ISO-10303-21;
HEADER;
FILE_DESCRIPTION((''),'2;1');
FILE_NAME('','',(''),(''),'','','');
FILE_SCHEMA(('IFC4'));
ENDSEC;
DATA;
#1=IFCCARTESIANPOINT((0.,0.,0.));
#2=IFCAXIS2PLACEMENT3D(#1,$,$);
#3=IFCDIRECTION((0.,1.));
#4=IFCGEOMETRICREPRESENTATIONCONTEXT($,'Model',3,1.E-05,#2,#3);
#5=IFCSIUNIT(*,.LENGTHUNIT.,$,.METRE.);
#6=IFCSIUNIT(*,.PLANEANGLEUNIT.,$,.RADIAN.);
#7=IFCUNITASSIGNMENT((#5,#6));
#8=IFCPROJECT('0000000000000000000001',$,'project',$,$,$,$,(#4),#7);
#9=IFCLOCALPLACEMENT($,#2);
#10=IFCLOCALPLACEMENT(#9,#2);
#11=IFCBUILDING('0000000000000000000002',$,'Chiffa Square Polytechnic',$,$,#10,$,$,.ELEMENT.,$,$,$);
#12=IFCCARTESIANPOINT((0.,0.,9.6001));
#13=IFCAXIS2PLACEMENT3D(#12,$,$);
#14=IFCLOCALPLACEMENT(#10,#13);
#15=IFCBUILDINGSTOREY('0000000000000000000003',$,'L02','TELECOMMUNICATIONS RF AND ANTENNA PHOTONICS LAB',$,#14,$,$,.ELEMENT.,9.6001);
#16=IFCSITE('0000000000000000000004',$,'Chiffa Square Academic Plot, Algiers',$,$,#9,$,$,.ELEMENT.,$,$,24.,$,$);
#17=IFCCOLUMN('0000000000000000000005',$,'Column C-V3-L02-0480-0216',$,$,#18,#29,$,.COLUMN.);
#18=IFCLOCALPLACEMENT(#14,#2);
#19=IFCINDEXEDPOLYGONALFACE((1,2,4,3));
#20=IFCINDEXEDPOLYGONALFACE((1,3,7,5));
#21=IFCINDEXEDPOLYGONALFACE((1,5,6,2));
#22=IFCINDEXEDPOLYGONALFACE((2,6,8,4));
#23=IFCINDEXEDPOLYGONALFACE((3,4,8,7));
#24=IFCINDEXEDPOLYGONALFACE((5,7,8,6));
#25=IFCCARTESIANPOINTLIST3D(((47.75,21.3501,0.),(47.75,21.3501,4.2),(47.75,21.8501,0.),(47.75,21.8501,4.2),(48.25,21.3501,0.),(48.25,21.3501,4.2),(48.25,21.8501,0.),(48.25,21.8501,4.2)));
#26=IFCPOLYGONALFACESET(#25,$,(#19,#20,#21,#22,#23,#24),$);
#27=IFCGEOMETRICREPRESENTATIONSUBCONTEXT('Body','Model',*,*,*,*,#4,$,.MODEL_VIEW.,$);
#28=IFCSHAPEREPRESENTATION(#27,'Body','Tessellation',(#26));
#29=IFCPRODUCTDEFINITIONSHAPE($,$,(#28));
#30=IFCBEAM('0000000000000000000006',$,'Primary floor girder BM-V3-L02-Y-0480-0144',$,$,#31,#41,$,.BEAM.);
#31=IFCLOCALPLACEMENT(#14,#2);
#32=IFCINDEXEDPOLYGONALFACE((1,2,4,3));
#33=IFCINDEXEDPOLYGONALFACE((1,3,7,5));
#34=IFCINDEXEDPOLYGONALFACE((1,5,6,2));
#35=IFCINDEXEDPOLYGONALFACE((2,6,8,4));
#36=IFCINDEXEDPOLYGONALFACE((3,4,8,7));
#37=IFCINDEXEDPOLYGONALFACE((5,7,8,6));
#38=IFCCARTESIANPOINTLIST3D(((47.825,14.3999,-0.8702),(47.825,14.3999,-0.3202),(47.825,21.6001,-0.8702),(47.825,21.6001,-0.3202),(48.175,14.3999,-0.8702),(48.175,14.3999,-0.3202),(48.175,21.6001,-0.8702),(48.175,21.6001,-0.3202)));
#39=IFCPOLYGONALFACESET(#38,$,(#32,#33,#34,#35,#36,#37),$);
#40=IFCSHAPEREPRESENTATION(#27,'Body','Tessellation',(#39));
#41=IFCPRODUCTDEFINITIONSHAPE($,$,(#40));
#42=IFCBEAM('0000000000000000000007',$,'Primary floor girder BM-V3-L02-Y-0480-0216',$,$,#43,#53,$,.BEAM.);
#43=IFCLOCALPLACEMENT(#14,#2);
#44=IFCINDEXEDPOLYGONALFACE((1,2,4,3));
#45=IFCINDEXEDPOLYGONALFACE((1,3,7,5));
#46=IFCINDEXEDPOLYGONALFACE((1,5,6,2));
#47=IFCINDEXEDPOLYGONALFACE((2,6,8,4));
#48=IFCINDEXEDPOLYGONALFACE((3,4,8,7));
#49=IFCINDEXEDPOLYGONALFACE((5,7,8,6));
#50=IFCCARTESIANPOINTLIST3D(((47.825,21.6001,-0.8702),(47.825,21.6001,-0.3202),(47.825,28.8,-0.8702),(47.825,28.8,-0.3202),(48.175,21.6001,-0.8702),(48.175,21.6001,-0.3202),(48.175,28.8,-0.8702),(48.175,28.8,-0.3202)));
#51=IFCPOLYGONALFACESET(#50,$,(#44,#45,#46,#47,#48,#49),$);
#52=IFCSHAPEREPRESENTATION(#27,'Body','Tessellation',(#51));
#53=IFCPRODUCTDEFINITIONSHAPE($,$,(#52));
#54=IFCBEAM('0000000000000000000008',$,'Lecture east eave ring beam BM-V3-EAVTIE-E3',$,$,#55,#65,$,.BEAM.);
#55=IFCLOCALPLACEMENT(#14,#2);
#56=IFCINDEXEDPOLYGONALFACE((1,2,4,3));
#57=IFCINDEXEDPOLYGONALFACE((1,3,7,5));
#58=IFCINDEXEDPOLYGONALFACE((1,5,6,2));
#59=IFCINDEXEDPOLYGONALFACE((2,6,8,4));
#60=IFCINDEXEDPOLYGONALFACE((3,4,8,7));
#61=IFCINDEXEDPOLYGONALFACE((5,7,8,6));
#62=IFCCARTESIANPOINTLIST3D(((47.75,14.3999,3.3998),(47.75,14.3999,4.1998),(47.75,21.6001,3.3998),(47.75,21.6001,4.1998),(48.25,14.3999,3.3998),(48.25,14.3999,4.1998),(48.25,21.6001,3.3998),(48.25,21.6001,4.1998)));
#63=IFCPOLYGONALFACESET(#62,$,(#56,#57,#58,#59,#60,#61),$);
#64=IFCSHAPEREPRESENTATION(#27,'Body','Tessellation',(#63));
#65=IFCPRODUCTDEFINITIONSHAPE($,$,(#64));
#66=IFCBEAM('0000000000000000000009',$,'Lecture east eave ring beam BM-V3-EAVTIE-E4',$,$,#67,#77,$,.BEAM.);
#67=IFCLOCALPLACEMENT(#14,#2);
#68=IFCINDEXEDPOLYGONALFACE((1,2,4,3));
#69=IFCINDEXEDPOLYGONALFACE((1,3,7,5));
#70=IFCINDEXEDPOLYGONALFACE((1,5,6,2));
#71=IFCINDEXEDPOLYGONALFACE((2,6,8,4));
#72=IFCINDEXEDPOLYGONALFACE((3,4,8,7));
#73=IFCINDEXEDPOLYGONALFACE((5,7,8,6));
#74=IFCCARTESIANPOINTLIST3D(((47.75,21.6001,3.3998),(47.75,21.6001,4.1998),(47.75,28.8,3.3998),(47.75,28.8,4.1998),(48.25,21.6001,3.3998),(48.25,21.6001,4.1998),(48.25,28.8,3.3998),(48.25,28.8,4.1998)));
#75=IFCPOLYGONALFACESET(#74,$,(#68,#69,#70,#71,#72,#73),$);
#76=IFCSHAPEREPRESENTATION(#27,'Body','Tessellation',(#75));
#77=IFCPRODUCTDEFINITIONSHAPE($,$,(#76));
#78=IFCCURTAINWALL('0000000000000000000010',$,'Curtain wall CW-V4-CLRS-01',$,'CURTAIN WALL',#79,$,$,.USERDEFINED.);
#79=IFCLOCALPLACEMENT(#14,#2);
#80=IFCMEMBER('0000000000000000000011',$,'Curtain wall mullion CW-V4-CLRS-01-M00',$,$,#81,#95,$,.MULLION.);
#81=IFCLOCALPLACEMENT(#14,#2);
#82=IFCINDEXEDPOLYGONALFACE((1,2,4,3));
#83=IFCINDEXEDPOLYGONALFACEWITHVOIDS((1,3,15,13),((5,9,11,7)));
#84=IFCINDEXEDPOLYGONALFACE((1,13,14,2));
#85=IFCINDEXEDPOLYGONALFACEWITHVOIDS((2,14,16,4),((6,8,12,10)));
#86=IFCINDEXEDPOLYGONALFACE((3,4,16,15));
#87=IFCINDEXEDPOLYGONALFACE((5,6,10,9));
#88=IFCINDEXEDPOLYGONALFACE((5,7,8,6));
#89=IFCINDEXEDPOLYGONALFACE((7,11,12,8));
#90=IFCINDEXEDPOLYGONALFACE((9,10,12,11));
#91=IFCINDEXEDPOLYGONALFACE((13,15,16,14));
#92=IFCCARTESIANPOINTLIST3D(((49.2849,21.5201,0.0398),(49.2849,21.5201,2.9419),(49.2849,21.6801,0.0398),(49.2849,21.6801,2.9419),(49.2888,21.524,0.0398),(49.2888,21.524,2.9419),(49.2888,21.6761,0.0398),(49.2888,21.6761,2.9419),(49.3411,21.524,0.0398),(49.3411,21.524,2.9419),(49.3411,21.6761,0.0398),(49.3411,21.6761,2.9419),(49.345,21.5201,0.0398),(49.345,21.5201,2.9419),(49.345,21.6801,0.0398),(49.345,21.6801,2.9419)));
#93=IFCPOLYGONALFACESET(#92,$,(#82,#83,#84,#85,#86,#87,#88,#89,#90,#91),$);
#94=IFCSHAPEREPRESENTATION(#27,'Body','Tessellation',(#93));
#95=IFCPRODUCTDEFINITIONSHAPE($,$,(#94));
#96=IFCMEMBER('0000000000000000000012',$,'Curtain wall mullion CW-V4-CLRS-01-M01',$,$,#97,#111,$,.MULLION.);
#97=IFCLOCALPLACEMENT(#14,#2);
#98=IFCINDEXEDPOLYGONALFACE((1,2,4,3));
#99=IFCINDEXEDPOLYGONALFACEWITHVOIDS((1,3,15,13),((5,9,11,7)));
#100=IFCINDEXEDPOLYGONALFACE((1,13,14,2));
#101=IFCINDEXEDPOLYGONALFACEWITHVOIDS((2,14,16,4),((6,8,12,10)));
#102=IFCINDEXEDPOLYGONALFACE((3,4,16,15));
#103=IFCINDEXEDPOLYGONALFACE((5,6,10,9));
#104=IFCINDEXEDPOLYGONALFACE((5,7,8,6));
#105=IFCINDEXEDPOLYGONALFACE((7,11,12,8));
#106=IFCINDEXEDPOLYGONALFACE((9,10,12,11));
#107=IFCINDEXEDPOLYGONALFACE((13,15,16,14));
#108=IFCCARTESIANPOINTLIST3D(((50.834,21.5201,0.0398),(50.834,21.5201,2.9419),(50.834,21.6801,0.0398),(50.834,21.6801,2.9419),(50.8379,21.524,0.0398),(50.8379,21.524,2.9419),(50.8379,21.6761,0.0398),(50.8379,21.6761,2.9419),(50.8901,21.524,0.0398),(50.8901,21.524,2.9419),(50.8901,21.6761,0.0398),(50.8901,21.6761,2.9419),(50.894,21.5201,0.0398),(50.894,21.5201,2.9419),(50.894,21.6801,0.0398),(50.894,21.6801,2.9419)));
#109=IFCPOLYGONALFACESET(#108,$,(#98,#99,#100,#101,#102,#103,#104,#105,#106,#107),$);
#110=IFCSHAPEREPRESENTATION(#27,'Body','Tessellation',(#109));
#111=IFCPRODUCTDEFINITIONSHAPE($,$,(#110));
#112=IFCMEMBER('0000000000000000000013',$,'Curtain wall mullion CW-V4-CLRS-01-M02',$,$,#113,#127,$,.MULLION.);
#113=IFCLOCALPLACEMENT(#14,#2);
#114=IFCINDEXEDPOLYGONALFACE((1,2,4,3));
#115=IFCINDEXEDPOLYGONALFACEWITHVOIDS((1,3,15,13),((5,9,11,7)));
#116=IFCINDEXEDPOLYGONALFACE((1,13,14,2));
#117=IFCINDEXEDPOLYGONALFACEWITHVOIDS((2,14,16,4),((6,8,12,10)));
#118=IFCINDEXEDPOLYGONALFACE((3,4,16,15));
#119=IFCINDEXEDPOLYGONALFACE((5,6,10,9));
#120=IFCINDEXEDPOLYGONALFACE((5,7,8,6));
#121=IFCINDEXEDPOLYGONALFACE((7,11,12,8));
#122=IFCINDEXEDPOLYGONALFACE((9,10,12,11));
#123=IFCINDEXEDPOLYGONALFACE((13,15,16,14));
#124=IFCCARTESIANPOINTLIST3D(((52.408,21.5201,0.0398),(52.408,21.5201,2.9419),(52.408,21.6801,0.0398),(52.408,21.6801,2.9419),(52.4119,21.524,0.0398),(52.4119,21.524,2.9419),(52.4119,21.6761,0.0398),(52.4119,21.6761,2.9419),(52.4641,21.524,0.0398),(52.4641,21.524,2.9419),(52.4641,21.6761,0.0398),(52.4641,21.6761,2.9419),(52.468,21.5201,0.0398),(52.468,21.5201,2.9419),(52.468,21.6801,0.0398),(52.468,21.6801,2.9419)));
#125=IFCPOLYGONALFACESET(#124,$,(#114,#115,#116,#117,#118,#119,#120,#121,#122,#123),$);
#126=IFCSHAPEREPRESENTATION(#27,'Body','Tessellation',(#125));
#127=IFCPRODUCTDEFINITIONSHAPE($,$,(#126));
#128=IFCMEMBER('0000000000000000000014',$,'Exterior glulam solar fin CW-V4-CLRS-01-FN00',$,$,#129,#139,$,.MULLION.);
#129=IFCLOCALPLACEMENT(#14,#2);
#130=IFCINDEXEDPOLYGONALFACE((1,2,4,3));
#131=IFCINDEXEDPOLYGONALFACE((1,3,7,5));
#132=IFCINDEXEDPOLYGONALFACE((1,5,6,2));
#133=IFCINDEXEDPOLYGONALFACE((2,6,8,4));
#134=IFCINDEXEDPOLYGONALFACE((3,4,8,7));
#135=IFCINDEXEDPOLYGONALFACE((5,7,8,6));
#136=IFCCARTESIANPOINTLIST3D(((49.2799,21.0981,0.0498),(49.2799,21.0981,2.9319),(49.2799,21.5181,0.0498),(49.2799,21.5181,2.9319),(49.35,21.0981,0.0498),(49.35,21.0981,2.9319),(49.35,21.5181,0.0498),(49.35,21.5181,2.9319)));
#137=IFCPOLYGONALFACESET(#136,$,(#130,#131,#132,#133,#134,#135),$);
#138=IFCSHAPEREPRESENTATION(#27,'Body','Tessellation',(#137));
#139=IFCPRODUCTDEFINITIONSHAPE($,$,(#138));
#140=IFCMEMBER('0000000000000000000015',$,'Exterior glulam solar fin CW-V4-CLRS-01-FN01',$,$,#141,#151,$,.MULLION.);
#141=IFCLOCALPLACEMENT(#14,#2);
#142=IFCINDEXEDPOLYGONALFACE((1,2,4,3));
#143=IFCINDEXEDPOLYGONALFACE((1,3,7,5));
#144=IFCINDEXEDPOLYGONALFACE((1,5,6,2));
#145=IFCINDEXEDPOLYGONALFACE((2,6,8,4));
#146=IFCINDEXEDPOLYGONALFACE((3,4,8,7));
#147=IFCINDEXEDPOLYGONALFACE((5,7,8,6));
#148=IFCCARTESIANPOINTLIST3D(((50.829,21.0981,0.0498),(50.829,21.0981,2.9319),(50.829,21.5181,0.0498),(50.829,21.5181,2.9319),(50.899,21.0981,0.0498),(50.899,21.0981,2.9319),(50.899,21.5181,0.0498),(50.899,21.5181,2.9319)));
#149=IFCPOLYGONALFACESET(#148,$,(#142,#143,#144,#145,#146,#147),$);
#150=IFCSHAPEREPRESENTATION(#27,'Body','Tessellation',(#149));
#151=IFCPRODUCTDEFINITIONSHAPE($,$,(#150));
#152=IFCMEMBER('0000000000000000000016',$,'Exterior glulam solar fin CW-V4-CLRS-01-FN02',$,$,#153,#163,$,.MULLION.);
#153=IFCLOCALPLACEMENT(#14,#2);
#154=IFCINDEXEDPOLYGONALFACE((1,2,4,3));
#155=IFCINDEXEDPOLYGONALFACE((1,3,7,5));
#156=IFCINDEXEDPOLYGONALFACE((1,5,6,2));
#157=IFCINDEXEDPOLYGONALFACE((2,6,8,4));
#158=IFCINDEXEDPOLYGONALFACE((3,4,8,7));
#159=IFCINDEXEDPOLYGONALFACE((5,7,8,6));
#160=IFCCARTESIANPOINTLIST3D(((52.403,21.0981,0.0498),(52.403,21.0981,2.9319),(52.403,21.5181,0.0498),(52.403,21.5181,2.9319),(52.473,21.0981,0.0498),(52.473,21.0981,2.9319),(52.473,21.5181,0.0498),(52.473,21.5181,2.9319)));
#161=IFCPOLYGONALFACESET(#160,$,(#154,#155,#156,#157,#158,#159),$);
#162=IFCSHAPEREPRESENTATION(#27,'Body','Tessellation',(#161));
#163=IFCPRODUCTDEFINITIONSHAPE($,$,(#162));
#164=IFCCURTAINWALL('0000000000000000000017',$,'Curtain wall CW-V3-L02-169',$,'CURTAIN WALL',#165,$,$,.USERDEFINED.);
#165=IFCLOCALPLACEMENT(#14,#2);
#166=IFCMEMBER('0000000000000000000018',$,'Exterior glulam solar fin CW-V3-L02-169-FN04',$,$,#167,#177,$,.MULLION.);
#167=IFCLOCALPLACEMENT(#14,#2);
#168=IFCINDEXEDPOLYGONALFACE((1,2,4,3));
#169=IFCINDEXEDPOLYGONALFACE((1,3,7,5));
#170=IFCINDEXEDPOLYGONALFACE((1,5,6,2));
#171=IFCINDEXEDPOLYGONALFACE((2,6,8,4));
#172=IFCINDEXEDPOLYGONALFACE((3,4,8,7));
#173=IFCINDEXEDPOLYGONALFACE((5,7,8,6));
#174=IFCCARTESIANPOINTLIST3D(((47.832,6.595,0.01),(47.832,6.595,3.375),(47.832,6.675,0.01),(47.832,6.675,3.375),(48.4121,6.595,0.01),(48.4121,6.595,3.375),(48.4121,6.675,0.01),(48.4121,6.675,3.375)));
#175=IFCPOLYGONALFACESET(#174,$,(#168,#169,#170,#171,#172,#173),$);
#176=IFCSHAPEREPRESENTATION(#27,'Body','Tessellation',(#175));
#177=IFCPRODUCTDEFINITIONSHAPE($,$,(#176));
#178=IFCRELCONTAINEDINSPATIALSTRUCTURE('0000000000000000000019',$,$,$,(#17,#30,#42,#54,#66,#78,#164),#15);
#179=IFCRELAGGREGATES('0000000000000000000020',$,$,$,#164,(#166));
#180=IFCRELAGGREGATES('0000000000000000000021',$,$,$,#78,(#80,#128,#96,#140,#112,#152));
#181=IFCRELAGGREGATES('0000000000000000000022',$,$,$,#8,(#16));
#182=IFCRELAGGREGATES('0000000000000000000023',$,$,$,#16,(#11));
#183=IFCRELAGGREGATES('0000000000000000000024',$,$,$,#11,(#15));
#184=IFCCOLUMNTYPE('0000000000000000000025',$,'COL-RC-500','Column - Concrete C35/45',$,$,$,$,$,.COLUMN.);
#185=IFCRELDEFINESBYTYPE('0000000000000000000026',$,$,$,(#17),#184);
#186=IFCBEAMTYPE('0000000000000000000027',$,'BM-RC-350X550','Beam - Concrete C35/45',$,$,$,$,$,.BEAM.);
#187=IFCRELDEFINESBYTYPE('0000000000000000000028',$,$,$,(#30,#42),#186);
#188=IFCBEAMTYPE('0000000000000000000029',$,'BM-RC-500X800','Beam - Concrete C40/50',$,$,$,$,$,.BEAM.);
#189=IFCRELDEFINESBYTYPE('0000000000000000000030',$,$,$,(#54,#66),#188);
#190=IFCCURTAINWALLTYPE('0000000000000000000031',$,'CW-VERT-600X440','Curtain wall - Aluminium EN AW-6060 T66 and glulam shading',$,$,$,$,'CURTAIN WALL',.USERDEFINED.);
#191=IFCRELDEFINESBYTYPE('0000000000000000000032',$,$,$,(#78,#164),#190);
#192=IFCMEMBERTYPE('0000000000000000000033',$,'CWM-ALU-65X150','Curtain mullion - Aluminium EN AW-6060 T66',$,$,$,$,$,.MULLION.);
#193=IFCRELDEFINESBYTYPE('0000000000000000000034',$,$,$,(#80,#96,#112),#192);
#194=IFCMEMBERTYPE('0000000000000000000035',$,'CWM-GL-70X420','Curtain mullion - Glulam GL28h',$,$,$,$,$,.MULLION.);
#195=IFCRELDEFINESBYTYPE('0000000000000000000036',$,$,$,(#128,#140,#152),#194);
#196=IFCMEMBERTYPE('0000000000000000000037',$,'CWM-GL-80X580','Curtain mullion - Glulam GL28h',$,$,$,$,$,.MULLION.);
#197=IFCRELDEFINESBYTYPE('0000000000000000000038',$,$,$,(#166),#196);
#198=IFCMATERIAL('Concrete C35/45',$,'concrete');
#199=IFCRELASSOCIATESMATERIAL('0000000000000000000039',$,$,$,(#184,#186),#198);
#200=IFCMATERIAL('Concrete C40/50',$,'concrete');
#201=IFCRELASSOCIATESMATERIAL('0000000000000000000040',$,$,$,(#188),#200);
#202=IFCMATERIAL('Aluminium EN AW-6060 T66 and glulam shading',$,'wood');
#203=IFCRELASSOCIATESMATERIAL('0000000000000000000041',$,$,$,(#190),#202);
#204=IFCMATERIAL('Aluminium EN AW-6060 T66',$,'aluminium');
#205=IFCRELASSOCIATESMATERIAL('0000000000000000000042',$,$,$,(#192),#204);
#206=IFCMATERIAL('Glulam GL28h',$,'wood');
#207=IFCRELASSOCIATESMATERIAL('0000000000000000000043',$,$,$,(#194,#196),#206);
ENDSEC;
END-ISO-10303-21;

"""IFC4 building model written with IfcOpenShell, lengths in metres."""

from ifc_helpers import new_model, si_unit, direction, frame, origin, origin_2d, place, context, subcontext, project, spatial, rectangle, hollow_rectangle, extrude, material, material_profile, profile_set, type_object, element, aggregate, save


model = new_model("IFC4")

# Units and contexts
model_context = context("Model", 3, precision=1e-05, world=origin(), true_north=direction((0.0, 1.0)))
body_context = subcontext(model_context, "Body", "Model", "MODEL_VIEW")
ifc_project = project(units=[si_unit("LENGTHUNIT", "METRE"), si_unit("PLANEANGLEUNIT", "RADIAN")], contexts=[model_context])

# Site, building, storey
site_placement = place(None, origin())
site = spatial("IfcSite", under=ifc_project, at=site_placement, Name="Chiffa Square Academic Plot, Algiers", CompositionType="ELEMENT", RefElevation=24.0)
building_placement = place(site_placement, origin())
building = spatial("IfcBuilding", under=site, at=building_placement, Name="Chiffa Square Polytechnic", CompositionType="ELEMENT")
storey_placement = place(building_placement, frame((0.0, 0.0, 9.6001)))
storey = spatial("IfcBuildingStorey", under=building, at=storey_placement, Name="L02", Description="TELECOMMUNICATIONS RF AND ANTENNA PHOTONICS LAB", CompositionType="ELEMENT", Elevation=9.6001)

# Column
ifc_material_1 = material(Name="Concrete C35/45", Category="concrete")
ifc_material_profile_1 = material_profile(ifc_material_1, rectangle(XDim=0.5, YDim=0.5, at=origin_2d()), Name="RC 500x500")
ifc_profile_set_1 = profile_set([ifc_material_profile_1], Name="Concrete C35/45")
column_type = type_object("IfcColumnType", Name="COL-RC-500", Description="Column - Concrete C35/45", PredefinedType="COLUMN", material=ifc_profile_set_1)
column_placement = place(storey_placement, frame((48.0, 21.6001, 0.0), z_axis=(0.0, 0.0, 1.0), x_axis=(1.0, 0.0, 0.0)))
element("IfcColumn", 1, at=column_placement, inside=storey, type_object=column_type, Name="Column C-V3-L02-0480-0216", PredefinedType="COLUMN", context=body_context, shape_type="SweptSolid", body=[
    extrude(rectangle(XDim=0.5, YDim=0.5, at=origin_2d()), origin(), (0.0, 0.0, 1.0), 4.2),
])

# Beams
ifc_material_profile_2 = material_profile(ifc_material_1, rectangle(XDim=0.3501, YDim=0.55, at=origin_2d()), Name="RC 350x550")
ifc_profile_set_2 = profile_set([ifc_material_profile_2], Name="Concrete C35/45")
beam_type_1 = type_object("IfcBeamType", Name="BM-RC-350X550", Description="Beam - Concrete C35/45", PredefinedType="BEAM", material=ifc_profile_set_2)
beam_1_placement = place(storey_placement, frame((48.0, 14.3999, -0.5952), z_axis=(0.0, 1.0, 0.0), x_axis=(-1.0, 0.0, 0.0)))
element("IfcBeam", 2, at=beam_1_placement, inside=storey, type_object=beam_type_1, Name="Primary floor girder BM-V3-L02-Y-0480-0144", PredefinedType="BEAM", context=body_context, shape_type="SweptSolid", body=[
    extrude(rectangle(XDim=0.3501, YDim=0.55, at=origin_2d()), origin(), (0.0, 0.0, 1.0), 7.2002),
])
beam_2_placement = place(storey_placement, frame((48.0, 21.6001, -0.5952), z_axis=(0.0, 1.0, 0.0), x_axis=(-1.0, 0.0, 0.0)))
element("IfcBeam", 3, at=beam_2_placement, inside=storey, type_object=beam_type_1, Name="Primary floor girder BM-V3-L02-Y-0480-0216", PredefinedType="BEAM", context=body_context, shape_type="SweptSolid", body=[
    extrude(rectangle(XDim=0.3501, YDim=0.55, at=origin_2d()), origin(), (0.0, 0.0, 1.0), 7.2),
])
ifc_material_2 = material(Name="Concrete C40/50", Category="concrete")
ifc_material_profile_3 = material_profile(ifc_material_2, rectangle(XDim=0.5, YDim=0.8, at=origin_2d()), Name="RC 500x800")
ifc_profile_set_3 = profile_set([ifc_material_profile_3], Name="Concrete C40/50")
beam_type_2 = type_object("IfcBeamType", Name="BM-RC-500X800", Description="Beam - Concrete C40/50", PredefinedType="BEAM", material=ifc_profile_set_3)
beam_3_placement = place(storey_placement, frame((48.0, 14.3999, 3.7998), z_axis=(0.0, 1.0, 0.0), x_axis=(-1.0, 0.0, 0.0)))
element("IfcBeam", 4, at=beam_3_placement, inside=storey, type_object=beam_type_2, Name="Lecture east eave ring beam BM-V3-EAVTIE-E3", PredefinedType="BEAM", context=body_context, shape_type="SweptSolid", body=[
    extrude(rectangle(XDim=0.5, YDim=0.8, at=origin_2d()), origin(), (0.0, 0.0, 1.0), 7.2002),
])
beam_4_placement = place(storey_placement, frame((48.0, 21.6001, 3.7998), z_axis=(0.0, 1.0, 0.0), x_axis=(-1.0, 0.0, 0.0)))
element("IfcBeam", 5, at=beam_4_placement, inside=storey, type_object=beam_type_2, Name="Lecture east eave ring beam BM-V3-EAVTIE-E4", PredefinedType="BEAM", context=body_context, shape_type="SweptSolid", body=[
    extrude(rectangle(XDim=0.5, YDim=0.8, at=origin_2d()), origin(), (0.0, 0.0, 1.0), 7.2),
])

# Curtain wall, members
ifc_material_3 = material(Name="Aluminium EN AW-6060 T66 and glulam shading", Category="wood")
curtain_wall_type = type_object("IfcCurtainWallType", Name="CW-VERT-600X440", Description="Curtain wall - Aluminium EN AW-6060 T66 and glulam shading", ElementType="CURTAIN WALL", PredefinedType="USERDEFINED", material=ifc_material_3)
curtain_wall_1_placement = place(storey_placement, origin())
curtain_wall_1 = element("IfcCurtainWall", 6, at=curtain_wall_1_placement, inside=storey, type_object=curtain_wall_type, Name="Curtain wall CW-V4-CLRS-01", ObjectType="CURTAIN WALL", PredefinedType="USERDEFINED")
ifc_material_4 = material(Name="Aluminium EN AW-6060 T66", Category="aluminium")
ifc_material_profile_4 = material_profile(ifc_material_4, hollow_rectangle(XDim=0.0601, YDim=0.1599, WallThickness=0.0039, at=origin_2d()), Name="ALU 60x160x4")
ifc_profile_set_4 = profile_set([ifc_material_profile_4], Name="Aluminium EN AW-6060 T66")
member_type_1 = type_object("IfcMemberType", Name="CWM-ALU-65X150", Description="Curtain mullion - Aluminium EN AW-6060 T66", PredefinedType="MULLION", material=ifc_profile_set_4)
member_1_placement = place(storey_placement, frame((49.3149, 21.6001, 0.0398), z_axis=(0.0, 0.0, 1.0), x_axis=(1.0, 0.0, 0.0)))
member_1 = element("IfcMember", 7, at=member_1_placement, type_object=member_type_1, Name="Curtain wall mullion CW-V4-CLRS-01-M00", PredefinedType="MULLION", context=body_context, shape_type="SweptSolid", body=[
    extrude(hollow_rectangle(XDim=0.0601, YDim=0.1599, WallThickness=0.0039, at=origin_2d()), origin(), (0.0, 0.0, 1.0), 2.9021),
])
member_2_placement = place(storey_placement, frame((50.864, 21.6001, 0.0398), z_axis=(0.0, 0.0, 1.0), x_axis=(1.0, 0.0, 0.0)))
member_2 = element("IfcMember", 8, at=member_2_placement, type_object=member_type_1, Name="Curtain wall mullion CW-V4-CLRS-01-M01", PredefinedType="MULLION", context=body_context, shape_type="SweptSolid", body=[
    extrude(hollow_rectangle(XDim=0.0601, YDim=0.1599, WallThickness=0.0039, at=origin_2d()), origin(), (0.0, 0.0, 1.0), 2.9021),
])
member_3_placement = place(storey_placement, frame((52.438, 21.6001, 0.0398), z_axis=(0.0, 0.0, 1.0), x_axis=(1.0, 0.0, 0.0)))
member_3 = element("IfcMember", 9, at=member_3_placement, type_object=member_type_1, Name="Curtain wall mullion CW-V4-CLRS-01-M02", PredefinedType="MULLION", context=body_context, shape_type="SweptSolid", body=[
    extrude(hollow_rectangle(XDim=0.0601, YDim=0.1599, WallThickness=0.0039, at=origin_2d()), origin(), (0.0, 0.0, 1.0), 2.9021),
])
ifc_material_5 = material(Name="Glulam GL28h", Category="wood")
ifc_material_profile_5 = material_profile(ifc_material_5, rectangle(XDim=0.0701, YDim=0.4199, at=origin_2d()), Name="GL28h 70x420")
ifc_profile_set_5 = profile_set([ifc_material_profile_5], Name="Glulam GL28h")
member_type_2 = type_object("IfcMemberType", Name="CWM-GL-70X420", Description="Curtain mullion - Glulam GL28h", PredefinedType="MULLION", material=ifc_profile_set_5)
member_4_placement = place(storey_placement, frame((49.3149, 21.3081, 0.0498), z_axis=(0.0, 0.0, 1.0), x_axis=(1.0, 0.0, 0.0)))
member_4 = element("IfcMember", 10, at=member_4_placement, type_object=member_type_2, Name="Exterior glulam solar fin CW-V4-CLRS-01-FN00", PredefinedType="MULLION", context=body_context, shape_type="SweptSolid", body=[
    extrude(rectangle(XDim=0.0701, YDim=0.4199, at=origin_2d()), origin(), (0.0, 0.0, 1.0), 2.8821),
])
member_5_placement = place(storey_placement, frame((50.864, 21.3081, 0.0498), z_axis=(0.0, 0.0, 1.0), x_axis=(1.0, 0.0, 0.0)))
member_5 = element("IfcMember", 11, at=member_5_placement, type_object=member_type_2, Name="Exterior glulam solar fin CW-V4-CLRS-01-FN01", PredefinedType="MULLION", context=body_context, shape_type="SweptSolid", body=[
    extrude(rectangle(XDim=0.0701, YDim=0.4199, at=origin_2d()), origin(), (0.0, 0.0, 1.0), 2.8821),
])
member_6_placement = place(storey_placement, frame((52.438, 21.3081, 0.0498), z_axis=(0.0, 0.0, 1.0), x_axis=(1.0, 0.0, 0.0)))
member_6 = element("IfcMember", 12, at=member_6_placement, type_object=member_type_2, Name="Exterior glulam solar fin CW-V4-CLRS-01-FN02", PredefinedType="MULLION", context=body_context, shape_type="SweptSolid", body=[
    extrude(rectangle(XDim=0.0701, YDim=0.4199, at=origin_2d()), origin(), (0.0, 0.0, 1.0), 2.8821),
])

# Curtain wall, member
curtain_wall_2_placement = place(storey_placement, origin())
curtain_wall_2 = element("IfcCurtainWall", 13, at=curtain_wall_2_placement, inside=storey, type_object=curtain_wall_type, Name="Curtain wall CW-V3-L02-169", ObjectType="CURTAIN WALL", PredefinedType="USERDEFINED")
ifc_material_profile_6 = material_profile(ifc_material_5, rectangle(XDim=0.0801, YDim=0.5801, at=origin_2d()), Name="GL28h 80x580")
ifc_profile_set_6 = profile_set([ifc_material_profile_6], Name="Glulam GL28h")
member_type_3 = type_object("IfcMemberType", Name="CWM-GL-80X580", Description="Curtain mullion - Glulam GL28h", PredefinedType="MULLION", material=ifc_profile_set_6)
member_7_placement = place(storey_placement, frame((48.1221, 6.635, 0.01), z_axis=(0.0, 0.0, 1.0), x_axis=(0.0, 1.0, 0.0)))
member_7 = element("IfcMember", 14, at=member_7_placement, type_object=member_type_3, Name="Exterior glulam solar fin CW-V3-L02-169-FN04", PredefinedType="MULLION", context=body_context, shape_type="SweptSolid", body=[
    extrude(rectangle(XDim=0.0801, YDim=0.5801, at=origin_2d()), origin(), (0.0, 0.0, 1.0), 3.365),
])
aggregate(curtain_wall_2, [member_7])

aggregate(curtain_wall_1, [member_1, member_4, member_2, member_5, member_3, member_6])

save(model, "model.ifc")
